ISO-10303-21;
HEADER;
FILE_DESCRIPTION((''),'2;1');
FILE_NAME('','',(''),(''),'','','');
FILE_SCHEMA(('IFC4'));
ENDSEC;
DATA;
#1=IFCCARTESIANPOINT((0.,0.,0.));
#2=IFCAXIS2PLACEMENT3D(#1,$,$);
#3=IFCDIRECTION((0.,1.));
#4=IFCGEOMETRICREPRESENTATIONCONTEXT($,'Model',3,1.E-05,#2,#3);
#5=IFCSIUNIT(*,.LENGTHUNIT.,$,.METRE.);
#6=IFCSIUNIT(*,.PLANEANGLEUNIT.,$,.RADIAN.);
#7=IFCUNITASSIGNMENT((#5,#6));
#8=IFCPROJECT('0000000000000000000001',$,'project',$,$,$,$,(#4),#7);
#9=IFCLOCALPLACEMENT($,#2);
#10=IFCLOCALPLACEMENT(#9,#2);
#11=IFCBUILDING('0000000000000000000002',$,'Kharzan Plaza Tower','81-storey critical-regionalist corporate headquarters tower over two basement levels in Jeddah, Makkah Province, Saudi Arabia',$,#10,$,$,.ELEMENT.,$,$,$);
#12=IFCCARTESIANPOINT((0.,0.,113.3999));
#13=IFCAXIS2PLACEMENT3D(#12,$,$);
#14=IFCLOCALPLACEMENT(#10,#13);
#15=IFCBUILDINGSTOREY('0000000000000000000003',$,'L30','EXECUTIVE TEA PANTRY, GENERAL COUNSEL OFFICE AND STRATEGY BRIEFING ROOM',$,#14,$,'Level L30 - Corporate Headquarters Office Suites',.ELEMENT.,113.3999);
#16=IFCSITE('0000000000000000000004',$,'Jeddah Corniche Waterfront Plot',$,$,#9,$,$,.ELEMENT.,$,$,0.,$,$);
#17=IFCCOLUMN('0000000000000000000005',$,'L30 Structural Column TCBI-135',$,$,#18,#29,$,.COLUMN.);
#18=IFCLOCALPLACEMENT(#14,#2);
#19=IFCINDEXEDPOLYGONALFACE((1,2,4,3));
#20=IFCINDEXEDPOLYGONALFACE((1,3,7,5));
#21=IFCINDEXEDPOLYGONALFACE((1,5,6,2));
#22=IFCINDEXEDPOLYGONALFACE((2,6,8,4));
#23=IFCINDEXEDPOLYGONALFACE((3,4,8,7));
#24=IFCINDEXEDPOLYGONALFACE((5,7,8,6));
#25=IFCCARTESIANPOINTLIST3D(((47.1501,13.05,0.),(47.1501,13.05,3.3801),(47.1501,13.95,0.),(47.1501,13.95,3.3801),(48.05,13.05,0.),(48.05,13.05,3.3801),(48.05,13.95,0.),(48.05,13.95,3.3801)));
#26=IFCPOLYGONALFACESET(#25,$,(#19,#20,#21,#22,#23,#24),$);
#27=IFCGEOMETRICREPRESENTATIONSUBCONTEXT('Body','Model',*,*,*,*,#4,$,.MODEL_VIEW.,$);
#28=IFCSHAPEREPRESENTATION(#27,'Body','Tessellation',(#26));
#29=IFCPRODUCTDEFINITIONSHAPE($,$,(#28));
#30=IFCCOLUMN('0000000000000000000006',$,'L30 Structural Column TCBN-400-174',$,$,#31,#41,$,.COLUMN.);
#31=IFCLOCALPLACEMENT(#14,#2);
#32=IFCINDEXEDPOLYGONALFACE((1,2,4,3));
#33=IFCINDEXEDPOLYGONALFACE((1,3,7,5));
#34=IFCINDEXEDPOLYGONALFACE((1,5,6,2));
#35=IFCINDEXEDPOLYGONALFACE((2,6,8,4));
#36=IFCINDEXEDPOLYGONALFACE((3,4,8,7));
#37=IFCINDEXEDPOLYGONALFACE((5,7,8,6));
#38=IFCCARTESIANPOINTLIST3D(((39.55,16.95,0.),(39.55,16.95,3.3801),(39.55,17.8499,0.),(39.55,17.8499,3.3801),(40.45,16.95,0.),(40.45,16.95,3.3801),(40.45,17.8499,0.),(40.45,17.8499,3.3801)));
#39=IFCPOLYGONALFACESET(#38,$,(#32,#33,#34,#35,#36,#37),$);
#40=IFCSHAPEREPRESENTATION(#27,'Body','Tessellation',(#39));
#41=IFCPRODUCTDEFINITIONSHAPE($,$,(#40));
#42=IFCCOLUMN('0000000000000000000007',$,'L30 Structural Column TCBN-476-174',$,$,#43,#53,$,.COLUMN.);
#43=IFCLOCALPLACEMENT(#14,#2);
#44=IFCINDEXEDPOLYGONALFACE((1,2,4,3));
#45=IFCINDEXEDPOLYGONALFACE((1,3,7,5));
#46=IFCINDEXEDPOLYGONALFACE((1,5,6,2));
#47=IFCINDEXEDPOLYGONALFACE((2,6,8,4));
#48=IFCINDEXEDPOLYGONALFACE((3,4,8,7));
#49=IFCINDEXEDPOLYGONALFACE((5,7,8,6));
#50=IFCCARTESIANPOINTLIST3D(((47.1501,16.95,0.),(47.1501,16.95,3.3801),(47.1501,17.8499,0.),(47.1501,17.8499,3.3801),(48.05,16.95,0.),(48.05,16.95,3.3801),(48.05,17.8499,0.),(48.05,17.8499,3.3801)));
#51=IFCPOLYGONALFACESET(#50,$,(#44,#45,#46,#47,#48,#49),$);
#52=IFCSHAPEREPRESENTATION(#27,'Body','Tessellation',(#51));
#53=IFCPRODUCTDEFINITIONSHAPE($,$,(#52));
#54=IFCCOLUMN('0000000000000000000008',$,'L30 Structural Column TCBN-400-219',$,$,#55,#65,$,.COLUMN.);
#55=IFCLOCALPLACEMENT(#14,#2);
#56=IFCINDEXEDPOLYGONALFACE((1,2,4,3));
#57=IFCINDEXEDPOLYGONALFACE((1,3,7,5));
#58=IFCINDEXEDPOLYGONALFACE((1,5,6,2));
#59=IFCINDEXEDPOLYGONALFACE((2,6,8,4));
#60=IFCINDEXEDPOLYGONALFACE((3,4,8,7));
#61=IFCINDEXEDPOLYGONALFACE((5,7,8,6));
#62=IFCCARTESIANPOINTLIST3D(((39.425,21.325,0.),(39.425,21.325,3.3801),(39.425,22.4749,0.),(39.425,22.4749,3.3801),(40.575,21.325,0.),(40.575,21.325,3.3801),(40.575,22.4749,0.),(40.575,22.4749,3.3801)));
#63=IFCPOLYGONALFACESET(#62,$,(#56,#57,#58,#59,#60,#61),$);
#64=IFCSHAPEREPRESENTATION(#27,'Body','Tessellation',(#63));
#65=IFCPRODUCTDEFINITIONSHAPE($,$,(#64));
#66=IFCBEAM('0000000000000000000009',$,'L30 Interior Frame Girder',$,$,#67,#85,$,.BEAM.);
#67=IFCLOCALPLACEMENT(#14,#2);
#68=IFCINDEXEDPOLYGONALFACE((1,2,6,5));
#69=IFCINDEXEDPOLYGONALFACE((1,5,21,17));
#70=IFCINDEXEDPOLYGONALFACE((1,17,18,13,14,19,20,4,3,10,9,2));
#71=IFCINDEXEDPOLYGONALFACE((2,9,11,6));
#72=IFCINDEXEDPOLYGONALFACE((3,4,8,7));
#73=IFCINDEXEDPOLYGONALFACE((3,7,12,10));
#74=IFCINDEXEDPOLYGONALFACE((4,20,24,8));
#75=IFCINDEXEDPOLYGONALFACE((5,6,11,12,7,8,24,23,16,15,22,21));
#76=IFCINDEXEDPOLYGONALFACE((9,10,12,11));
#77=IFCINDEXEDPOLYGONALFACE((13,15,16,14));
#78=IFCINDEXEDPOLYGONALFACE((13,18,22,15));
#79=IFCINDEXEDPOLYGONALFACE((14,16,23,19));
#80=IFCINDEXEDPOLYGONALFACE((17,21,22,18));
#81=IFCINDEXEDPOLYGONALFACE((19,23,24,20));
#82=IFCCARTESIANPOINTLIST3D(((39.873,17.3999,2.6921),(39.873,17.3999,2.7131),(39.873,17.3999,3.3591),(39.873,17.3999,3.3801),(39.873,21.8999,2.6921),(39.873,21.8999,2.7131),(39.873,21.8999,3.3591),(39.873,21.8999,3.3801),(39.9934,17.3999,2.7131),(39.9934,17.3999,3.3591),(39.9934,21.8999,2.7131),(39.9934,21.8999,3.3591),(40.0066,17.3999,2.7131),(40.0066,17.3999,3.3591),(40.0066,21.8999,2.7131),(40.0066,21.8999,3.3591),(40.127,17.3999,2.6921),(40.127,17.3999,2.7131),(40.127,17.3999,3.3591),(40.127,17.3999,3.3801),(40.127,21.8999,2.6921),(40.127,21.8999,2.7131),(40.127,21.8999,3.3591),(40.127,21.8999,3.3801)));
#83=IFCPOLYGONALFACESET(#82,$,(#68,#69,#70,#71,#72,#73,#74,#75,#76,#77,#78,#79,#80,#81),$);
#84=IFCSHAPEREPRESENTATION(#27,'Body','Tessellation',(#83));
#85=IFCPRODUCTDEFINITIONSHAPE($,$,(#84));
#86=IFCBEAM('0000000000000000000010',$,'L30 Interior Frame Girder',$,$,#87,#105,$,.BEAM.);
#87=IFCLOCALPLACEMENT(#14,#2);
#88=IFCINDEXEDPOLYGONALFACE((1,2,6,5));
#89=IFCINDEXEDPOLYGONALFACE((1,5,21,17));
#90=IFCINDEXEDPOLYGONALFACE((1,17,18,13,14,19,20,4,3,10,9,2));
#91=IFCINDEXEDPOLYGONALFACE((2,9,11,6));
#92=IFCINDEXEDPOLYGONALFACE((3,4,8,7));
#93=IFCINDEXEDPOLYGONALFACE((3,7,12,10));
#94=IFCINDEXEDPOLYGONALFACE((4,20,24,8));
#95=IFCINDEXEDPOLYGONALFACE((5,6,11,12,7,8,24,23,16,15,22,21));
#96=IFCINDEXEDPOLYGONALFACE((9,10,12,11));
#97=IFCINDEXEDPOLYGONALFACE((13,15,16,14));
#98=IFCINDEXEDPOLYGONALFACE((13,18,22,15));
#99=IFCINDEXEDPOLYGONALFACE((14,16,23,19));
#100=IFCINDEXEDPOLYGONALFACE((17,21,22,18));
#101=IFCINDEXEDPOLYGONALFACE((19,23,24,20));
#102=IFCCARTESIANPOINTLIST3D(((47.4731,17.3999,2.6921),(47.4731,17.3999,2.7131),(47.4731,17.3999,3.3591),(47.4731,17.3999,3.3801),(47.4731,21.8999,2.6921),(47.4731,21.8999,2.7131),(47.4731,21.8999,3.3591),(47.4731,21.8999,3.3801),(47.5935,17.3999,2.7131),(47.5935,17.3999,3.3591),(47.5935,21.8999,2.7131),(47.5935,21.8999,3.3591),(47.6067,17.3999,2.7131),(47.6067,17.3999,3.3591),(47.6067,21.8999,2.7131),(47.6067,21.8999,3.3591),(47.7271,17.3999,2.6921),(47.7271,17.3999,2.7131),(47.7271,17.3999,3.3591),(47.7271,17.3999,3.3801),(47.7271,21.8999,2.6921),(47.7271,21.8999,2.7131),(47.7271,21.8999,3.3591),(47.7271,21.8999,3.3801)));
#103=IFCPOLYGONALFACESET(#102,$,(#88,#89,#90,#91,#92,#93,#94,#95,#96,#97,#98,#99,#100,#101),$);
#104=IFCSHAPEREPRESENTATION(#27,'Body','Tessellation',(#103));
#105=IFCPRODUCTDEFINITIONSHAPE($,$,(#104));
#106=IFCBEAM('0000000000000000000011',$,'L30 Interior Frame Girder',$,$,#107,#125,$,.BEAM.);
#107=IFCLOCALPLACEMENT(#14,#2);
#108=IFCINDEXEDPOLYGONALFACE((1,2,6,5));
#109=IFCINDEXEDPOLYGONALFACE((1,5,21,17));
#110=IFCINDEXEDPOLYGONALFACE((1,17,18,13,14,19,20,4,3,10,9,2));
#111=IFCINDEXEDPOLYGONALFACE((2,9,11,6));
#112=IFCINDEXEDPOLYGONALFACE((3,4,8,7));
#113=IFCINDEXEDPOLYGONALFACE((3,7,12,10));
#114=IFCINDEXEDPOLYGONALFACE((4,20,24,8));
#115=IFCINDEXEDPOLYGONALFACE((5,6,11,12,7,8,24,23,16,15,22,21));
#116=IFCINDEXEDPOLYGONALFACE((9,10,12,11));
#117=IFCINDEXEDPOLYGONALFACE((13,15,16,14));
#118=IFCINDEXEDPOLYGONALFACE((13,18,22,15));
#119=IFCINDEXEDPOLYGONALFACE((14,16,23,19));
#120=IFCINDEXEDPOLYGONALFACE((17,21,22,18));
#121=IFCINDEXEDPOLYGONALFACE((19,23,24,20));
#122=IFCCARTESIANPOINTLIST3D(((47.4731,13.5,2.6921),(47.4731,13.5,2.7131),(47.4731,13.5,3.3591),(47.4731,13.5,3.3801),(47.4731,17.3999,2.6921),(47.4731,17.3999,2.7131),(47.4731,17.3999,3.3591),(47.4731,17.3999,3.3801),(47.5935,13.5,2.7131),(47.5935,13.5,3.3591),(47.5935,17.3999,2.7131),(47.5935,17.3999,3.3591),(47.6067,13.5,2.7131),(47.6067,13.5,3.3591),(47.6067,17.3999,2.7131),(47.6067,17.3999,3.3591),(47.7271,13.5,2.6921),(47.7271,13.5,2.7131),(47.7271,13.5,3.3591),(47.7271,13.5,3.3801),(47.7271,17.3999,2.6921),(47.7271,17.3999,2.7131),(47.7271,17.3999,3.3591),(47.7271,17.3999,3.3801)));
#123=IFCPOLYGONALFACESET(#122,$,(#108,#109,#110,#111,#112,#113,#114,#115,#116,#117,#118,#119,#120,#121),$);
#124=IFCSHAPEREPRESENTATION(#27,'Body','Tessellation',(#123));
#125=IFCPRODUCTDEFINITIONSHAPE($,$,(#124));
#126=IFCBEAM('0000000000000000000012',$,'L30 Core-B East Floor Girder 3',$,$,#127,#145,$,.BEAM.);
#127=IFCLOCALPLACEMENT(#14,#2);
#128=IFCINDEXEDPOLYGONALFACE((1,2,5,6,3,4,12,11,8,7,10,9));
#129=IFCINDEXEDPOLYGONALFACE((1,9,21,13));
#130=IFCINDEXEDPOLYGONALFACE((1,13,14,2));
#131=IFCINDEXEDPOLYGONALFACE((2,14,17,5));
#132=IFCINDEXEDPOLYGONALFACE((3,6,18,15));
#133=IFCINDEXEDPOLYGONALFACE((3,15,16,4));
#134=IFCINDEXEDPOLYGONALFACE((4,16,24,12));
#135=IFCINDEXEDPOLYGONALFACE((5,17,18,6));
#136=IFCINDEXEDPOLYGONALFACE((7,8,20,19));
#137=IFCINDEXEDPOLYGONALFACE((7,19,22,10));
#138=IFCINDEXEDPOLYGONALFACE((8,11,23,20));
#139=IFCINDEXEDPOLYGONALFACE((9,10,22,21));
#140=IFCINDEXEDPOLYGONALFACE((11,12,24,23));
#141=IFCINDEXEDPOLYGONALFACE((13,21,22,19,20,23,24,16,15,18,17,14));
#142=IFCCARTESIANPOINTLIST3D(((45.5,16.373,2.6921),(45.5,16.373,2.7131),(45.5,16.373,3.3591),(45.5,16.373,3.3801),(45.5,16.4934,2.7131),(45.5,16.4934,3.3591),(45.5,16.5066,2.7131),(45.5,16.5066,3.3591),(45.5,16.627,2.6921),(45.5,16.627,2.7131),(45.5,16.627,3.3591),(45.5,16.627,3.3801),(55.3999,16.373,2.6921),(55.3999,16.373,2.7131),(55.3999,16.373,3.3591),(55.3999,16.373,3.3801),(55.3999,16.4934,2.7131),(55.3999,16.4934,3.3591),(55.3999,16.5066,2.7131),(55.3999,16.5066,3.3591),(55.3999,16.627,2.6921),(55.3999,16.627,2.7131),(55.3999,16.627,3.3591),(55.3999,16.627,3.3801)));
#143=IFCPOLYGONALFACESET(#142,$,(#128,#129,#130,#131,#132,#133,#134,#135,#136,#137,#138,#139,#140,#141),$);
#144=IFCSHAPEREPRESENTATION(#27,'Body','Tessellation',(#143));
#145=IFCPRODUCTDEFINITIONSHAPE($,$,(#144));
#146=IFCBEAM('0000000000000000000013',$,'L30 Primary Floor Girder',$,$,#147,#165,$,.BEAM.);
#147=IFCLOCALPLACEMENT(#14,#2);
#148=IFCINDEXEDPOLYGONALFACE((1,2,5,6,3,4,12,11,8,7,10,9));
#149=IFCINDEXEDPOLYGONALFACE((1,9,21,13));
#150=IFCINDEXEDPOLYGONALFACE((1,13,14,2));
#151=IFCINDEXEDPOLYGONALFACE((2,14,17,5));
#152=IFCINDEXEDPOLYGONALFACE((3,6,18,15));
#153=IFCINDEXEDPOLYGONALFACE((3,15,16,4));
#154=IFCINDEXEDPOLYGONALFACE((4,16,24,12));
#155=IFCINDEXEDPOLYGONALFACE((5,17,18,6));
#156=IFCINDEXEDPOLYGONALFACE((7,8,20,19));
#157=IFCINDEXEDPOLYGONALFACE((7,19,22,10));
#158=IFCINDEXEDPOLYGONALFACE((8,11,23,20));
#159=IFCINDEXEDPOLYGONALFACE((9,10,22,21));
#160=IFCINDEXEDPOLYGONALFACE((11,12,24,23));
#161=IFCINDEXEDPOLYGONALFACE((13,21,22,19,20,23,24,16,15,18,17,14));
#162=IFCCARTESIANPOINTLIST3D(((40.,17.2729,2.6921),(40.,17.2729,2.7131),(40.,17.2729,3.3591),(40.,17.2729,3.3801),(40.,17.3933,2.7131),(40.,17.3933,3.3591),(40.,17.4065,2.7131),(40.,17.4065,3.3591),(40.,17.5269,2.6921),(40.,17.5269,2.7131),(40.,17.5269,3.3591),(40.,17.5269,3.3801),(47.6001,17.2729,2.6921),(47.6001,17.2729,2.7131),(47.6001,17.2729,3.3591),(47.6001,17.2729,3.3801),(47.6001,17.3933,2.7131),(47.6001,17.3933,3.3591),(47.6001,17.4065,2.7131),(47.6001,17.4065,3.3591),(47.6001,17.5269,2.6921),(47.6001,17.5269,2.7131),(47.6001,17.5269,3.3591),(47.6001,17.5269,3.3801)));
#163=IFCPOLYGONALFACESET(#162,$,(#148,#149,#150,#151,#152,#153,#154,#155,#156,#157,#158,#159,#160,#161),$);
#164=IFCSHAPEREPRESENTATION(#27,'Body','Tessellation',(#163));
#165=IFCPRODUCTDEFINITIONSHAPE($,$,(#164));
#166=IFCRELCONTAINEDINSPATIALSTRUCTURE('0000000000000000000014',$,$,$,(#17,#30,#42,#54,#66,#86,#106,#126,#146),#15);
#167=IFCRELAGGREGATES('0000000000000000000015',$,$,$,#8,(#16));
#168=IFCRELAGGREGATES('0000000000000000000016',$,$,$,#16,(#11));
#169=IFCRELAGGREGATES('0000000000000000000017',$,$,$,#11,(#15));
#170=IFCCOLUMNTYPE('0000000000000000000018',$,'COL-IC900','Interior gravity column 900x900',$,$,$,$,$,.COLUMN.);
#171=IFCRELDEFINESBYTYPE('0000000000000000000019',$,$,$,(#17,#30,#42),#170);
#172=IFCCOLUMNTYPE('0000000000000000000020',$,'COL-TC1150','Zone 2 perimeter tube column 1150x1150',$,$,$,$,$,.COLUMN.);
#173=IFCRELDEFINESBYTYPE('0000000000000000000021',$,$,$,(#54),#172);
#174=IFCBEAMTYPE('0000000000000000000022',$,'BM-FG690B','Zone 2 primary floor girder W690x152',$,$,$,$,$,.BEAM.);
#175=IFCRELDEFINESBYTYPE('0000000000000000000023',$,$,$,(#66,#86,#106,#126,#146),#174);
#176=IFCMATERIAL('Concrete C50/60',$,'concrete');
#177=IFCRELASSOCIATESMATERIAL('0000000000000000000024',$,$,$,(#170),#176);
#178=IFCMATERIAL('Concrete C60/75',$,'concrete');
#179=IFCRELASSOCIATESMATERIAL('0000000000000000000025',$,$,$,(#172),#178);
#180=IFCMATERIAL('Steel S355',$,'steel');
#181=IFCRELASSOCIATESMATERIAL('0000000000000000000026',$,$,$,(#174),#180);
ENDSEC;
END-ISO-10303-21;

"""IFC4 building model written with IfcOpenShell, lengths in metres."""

from ifc_helpers import new_model, si_unit, direction, frame, origin, origin_2d, place, context, subcontext, project, spatial, rectangle, i_section, extrude, source, transform, mapped, material, material_profile, profile_set, type_object, element, save


model = new_model("IFC4")

# Units and contexts
model_context = context("Model", 3, precision=1e-05, world=origin(), true_north=direction((0.0, 1.0)))
body_context = subcontext(model_context, "Body", "Model", "MODEL_VIEW")
ifc_project = project(units=[si_unit("LENGTHUNIT", "METRE"), si_unit("PLANEANGLEUNIT", "RADIAN")], contexts=[model_context])

# Site, building, storey
site_placement = place(None, origin())
site = spatial("IfcSite", under=ifc_project, at=site_placement, Name="Jeddah Corniche Waterfront Plot", CompositionType="ELEMENT", RefElevation=0.0)
building_placement = place(site_placement, origin())
building = spatial("IfcBuilding", under=site, at=building_placement, Name="Kharzan Plaza Tower", Description="81-storey critical-regionalist corporate headquarters tower over two basement levels in Jeddah, Makkah Province, Saudi Arabia", CompositionType="ELEMENT")
storey_placement = place(building_placement, frame((0.0, 0.0, 113.3999)))
storey = spatial("IfcBuildingStorey", under=building, at=storey_placement, Name="L30", Description="EXECUTIVE TEA PANTRY, GENERAL COUNSEL OFFICE AND STRATEGY BRIEFING ROOM", LongName="Level L30 - Corporate Headquarters Office Suites", CompositionType="ELEMENT", Elevation=113.3999)

# Columns
ifc_material_1 = material(Name="Concrete C50/60", Category="concrete")
ifc_material_profile_1 = material_profile(ifc_material_1, rectangle(XDim=0.8999, YDim=0.8999, at=origin_2d()), Name="RC-IC900x900")
ifc_profile_set_1 = profile_set([ifc_material_profile_1], Name="Concrete C50/60")
column_type_1 = type_object("IfcColumnType", Name="COL-IC900", Description="Interior gravity column 900x900", PredefinedType="COLUMN", material=ifc_profile_set_1)
shared_shape_1 = source(origin(), body_context, "Body", "SweptSolid", [
    extrude(rectangle(XDim=0.8999, YDim=0.8999, at=origin_2d()), origin(), (0.0, 0.0, 1.0), 3.3801),
])
for number, where, z_axis, x_axis, name in (
    (1, (47.6001, 13.5, 0.0), (0.0, 0.0, 1.0), (1.0, 0.0, 0.0), "L30 Structural Column TCBI-135"),
    (2, (40.0, 17.3999, 0.0), (0.0, 0.0, 1.0), (1.0, 0.0, 0.0), "L30 Structural Column TCBN-400-174"),
    (3, (47.6001, 17.3999, 0.0), (0.0, 0.0, 1.0), (1.0, 0.0, 0.0), "L30 Structural Column TCBN-476-174"),
):
    element("IfcColumn", number, at=place(storey_placement, frame(where, z_axis=z_axis, x_axis=x_axis)), inside=storey, type_object=column_type_1, Name=name, PredefinedType="COLUMN", context=body_context, shape_type="MappedRepresentation", body=[
        mapped(shared_shape_1, transform((0.0, 0.0, 0.0), x_axis=(1.0, 0.0, 0.0), y_axis=(0.0, 1.0, 0.0), z_axis=(0.0, 0.0, 1.0))),
    ])
ifc_material_2 = material(Name="Concrete C60/75", Category="concrete")
ifc_material_profile_2 = material_profile(ifc_material_2, rectangle(XDim=1.1499, YDim=1.1499, at=origin_2d()), Name="RC-TC1150x1150")
ifc_profile_set_2 = profile_set([ifc_material_profile_2], Name="Concrete C60/75")
column_type_2 = type_object("IfcColumnType", Name="COL-TC1150", Description="Zone 2 perimeter tube column 1150x1150", PredefinedType="COLUMN", material=ifc_profile_set_2)
shared_shape_2 = source(origin(), body_context, "Body", "SweptSolid", [
    extrude(rectangle(XDim=1.1499, YDim=1.1499, at=origin_2d()), origin(), (0.0, 0.0, 1.0), 3.3801),
])
column_placement = place(storey_placement, frame((40.0, 21.8999, 0.0), z_axis=(0.0, 0.0, 1.0), x_axis=(1.0, 0.0, 0.0)))
element("IfcColumn", 4, at=column_placement, inside=storey, type_object=column_type_2, Name="L30 Structural Column TCBN-400-219", PredefinedType="COLUMN", context=body_context, shape_type="MappedRepresentation", body=[
    mapped(shared_shape_2, transform((0.0, 0.0, 0.0), x_axis=(1.0, 0.0, 0.0), y_axis=(0.0, 1.0, 0.0), z_axis=(0.0, 0.0, 1.0))),
])

# Beams
ifc_material_3 = material(Name="Steel S355", Category="steel")
ifc_material_profile_3 = material_profile(ifc_material_3, i_section(OverallWidth=0.2539, OverallDepth=0.688, WebThickness=0.0132, FlangeThickness=0.021, at=origin_2d()), Name="W690x152")
ifc_profile_set_3 = profile_set([ifc_material_profile_3], Name="Steel S355")
beam_type_1 = type_object("IfcBeamType", Name="BM-FG690B", Description="Zone 2 primary floor girder W690x152", PredefinedType="BEAM", material=ifc_profile_set_3)
shared_shape_3 = source(origin(), body_context, "Body", "SweptSolid", [
    extrude(i_section(OverallWidth=0.2539, OverallDepth=0.688, WebThickness=0.0132, FlangeThickness=0.021, at=origin_2d()), origin(), (0.0, 0.0, 1.0), 4.5),
])
for number, where, z_axis, x_axis, name in (
    (5, (40.0, 17.3999, 3.0361), (0.0, 1.0, 0.0), (-1.0, 0.0, 0.0), "L30 Interior Frame Girder"),
    (6, (47.6001, 17.3999, 3.0361), (0.0, 1.0, 0.0), (-1.0, 0.0, 0.0), "L30 Interior Frame Girder"),
):
    element("IfcBeam", number, at=place(storey_placement, frame(where, z_axis=z_axis, x_axis=x_axis)), inside=storey, type_object=beam_type_1, Name=name, PredefinedType="BEAM", context=body_context, shape_type="MappedRepresentation", body=[
        mapped(shared_shape_3, transform((0.0, 0.0, 0.0), x_axis=(1.0, 0.0, 0.0), y_axis=(0.0, 1.0, 0.0), z_axis=(0.0, 0.0, 1.0))),
    ])
shared_shape_4 = source(origin(), body_context, "Body", "SweptSolid", [
    extrude(i_section(OverallWidth=0.2539, OverallDepth=0.688, WebThickness=0.0132, FlangeThickness=0.021, at=origin_2d()), origin(), (0.0, 0.0, 1.0), 3.8999),
])
beam_1_placement = place(storey_placement, frame((47.6001, 13.5, 3.0361), z_axis=(0.0, 1.0, 0.0), x_axis=(-1.0, 0.0, 0.0)))
element("IfcBeam", 7, at=beam_1_placement, inside=storey, type_object=beam_type_1, Name="L30 Interior Frame Girder", PredefinedType="BEAM", context=body_context, shape_type="MappedRepresentation", body=[
    mapped(shared_shape_4, transform((0.0, 0.0, 0.0), x_axis=(1.0, 0.0, 0.0), y_axis=(0.0, 1.0, 0.0), z_axis=(0.0, 0.0, 1.0))),
])
shared_shape_5 = source(origin(), body_context, "Body", "SweptSolid", [
    extrude(i_section(OverallWidth=0.2539, OverallDepth=0.688, WebThickness=0.0132, FlangeThickness=0.021, at=origin_2d()), origin(), (0.0, 0.0, 1.0), 9.8999),
])
beam_2_placement = place(storey_placement, frame((45.5, 16.5, 3.0361), z_axis=(1.0, 0.0, 0.0), x_axis=(0.0, 1.0, 0.0)))
element("IfcBeam", 8, at=beam_2_placement, inside=storey, type_object=beam_type_1, Name="L30 Core-B East Floor Girder 3", PredefinedType="BEAM", context=body_context, shape_type="MappedRepresentation", body=[
    mapped(shared_shape_5, transform((0.0, 0.0, 0.0), x_axis=(1.0, 0.0, 0.0), y_axis=(0.0, 1.0, 0.0), z_axis=(0.0, 0.0, 1.0))),
])
shared_shape_6 = source(origin(), body_context, "Body", "SweptSolid", [
    extrude(i_section(OverallWidth=0.2539, OverallDepth=0.688, WebThickness=0.0132, FlangeThickness=0.021, at=origin_2d()), origin(), (0.0, 0.0, 1.0), 7.6001),
])
beam_3_placement = place(storey_placement, frame((40.0, 17.3999, 3.0361), z_axis=(1.0, 0.0, 0.0), x_axis=(0.0, 1.0, 0.0)))
element("IfcBeam", 9, at=beam_3_placement, inside=storey, type_object=beam_type_1, Name="L30 Primary Floor Girder", PredefinedType="BEAM", context=body_context, shape_type="MappedRepresentation", body=[
    mapped(shared_shape_6, transform((0.0, 0.0, 0.0), x_axis=(1.0, 0.0, 0.0), y_axis=(0.0, 1.0, 0.0), z_axis=(0.0, 0.0, 1.0))),
])

save(model, "model.ifc")
